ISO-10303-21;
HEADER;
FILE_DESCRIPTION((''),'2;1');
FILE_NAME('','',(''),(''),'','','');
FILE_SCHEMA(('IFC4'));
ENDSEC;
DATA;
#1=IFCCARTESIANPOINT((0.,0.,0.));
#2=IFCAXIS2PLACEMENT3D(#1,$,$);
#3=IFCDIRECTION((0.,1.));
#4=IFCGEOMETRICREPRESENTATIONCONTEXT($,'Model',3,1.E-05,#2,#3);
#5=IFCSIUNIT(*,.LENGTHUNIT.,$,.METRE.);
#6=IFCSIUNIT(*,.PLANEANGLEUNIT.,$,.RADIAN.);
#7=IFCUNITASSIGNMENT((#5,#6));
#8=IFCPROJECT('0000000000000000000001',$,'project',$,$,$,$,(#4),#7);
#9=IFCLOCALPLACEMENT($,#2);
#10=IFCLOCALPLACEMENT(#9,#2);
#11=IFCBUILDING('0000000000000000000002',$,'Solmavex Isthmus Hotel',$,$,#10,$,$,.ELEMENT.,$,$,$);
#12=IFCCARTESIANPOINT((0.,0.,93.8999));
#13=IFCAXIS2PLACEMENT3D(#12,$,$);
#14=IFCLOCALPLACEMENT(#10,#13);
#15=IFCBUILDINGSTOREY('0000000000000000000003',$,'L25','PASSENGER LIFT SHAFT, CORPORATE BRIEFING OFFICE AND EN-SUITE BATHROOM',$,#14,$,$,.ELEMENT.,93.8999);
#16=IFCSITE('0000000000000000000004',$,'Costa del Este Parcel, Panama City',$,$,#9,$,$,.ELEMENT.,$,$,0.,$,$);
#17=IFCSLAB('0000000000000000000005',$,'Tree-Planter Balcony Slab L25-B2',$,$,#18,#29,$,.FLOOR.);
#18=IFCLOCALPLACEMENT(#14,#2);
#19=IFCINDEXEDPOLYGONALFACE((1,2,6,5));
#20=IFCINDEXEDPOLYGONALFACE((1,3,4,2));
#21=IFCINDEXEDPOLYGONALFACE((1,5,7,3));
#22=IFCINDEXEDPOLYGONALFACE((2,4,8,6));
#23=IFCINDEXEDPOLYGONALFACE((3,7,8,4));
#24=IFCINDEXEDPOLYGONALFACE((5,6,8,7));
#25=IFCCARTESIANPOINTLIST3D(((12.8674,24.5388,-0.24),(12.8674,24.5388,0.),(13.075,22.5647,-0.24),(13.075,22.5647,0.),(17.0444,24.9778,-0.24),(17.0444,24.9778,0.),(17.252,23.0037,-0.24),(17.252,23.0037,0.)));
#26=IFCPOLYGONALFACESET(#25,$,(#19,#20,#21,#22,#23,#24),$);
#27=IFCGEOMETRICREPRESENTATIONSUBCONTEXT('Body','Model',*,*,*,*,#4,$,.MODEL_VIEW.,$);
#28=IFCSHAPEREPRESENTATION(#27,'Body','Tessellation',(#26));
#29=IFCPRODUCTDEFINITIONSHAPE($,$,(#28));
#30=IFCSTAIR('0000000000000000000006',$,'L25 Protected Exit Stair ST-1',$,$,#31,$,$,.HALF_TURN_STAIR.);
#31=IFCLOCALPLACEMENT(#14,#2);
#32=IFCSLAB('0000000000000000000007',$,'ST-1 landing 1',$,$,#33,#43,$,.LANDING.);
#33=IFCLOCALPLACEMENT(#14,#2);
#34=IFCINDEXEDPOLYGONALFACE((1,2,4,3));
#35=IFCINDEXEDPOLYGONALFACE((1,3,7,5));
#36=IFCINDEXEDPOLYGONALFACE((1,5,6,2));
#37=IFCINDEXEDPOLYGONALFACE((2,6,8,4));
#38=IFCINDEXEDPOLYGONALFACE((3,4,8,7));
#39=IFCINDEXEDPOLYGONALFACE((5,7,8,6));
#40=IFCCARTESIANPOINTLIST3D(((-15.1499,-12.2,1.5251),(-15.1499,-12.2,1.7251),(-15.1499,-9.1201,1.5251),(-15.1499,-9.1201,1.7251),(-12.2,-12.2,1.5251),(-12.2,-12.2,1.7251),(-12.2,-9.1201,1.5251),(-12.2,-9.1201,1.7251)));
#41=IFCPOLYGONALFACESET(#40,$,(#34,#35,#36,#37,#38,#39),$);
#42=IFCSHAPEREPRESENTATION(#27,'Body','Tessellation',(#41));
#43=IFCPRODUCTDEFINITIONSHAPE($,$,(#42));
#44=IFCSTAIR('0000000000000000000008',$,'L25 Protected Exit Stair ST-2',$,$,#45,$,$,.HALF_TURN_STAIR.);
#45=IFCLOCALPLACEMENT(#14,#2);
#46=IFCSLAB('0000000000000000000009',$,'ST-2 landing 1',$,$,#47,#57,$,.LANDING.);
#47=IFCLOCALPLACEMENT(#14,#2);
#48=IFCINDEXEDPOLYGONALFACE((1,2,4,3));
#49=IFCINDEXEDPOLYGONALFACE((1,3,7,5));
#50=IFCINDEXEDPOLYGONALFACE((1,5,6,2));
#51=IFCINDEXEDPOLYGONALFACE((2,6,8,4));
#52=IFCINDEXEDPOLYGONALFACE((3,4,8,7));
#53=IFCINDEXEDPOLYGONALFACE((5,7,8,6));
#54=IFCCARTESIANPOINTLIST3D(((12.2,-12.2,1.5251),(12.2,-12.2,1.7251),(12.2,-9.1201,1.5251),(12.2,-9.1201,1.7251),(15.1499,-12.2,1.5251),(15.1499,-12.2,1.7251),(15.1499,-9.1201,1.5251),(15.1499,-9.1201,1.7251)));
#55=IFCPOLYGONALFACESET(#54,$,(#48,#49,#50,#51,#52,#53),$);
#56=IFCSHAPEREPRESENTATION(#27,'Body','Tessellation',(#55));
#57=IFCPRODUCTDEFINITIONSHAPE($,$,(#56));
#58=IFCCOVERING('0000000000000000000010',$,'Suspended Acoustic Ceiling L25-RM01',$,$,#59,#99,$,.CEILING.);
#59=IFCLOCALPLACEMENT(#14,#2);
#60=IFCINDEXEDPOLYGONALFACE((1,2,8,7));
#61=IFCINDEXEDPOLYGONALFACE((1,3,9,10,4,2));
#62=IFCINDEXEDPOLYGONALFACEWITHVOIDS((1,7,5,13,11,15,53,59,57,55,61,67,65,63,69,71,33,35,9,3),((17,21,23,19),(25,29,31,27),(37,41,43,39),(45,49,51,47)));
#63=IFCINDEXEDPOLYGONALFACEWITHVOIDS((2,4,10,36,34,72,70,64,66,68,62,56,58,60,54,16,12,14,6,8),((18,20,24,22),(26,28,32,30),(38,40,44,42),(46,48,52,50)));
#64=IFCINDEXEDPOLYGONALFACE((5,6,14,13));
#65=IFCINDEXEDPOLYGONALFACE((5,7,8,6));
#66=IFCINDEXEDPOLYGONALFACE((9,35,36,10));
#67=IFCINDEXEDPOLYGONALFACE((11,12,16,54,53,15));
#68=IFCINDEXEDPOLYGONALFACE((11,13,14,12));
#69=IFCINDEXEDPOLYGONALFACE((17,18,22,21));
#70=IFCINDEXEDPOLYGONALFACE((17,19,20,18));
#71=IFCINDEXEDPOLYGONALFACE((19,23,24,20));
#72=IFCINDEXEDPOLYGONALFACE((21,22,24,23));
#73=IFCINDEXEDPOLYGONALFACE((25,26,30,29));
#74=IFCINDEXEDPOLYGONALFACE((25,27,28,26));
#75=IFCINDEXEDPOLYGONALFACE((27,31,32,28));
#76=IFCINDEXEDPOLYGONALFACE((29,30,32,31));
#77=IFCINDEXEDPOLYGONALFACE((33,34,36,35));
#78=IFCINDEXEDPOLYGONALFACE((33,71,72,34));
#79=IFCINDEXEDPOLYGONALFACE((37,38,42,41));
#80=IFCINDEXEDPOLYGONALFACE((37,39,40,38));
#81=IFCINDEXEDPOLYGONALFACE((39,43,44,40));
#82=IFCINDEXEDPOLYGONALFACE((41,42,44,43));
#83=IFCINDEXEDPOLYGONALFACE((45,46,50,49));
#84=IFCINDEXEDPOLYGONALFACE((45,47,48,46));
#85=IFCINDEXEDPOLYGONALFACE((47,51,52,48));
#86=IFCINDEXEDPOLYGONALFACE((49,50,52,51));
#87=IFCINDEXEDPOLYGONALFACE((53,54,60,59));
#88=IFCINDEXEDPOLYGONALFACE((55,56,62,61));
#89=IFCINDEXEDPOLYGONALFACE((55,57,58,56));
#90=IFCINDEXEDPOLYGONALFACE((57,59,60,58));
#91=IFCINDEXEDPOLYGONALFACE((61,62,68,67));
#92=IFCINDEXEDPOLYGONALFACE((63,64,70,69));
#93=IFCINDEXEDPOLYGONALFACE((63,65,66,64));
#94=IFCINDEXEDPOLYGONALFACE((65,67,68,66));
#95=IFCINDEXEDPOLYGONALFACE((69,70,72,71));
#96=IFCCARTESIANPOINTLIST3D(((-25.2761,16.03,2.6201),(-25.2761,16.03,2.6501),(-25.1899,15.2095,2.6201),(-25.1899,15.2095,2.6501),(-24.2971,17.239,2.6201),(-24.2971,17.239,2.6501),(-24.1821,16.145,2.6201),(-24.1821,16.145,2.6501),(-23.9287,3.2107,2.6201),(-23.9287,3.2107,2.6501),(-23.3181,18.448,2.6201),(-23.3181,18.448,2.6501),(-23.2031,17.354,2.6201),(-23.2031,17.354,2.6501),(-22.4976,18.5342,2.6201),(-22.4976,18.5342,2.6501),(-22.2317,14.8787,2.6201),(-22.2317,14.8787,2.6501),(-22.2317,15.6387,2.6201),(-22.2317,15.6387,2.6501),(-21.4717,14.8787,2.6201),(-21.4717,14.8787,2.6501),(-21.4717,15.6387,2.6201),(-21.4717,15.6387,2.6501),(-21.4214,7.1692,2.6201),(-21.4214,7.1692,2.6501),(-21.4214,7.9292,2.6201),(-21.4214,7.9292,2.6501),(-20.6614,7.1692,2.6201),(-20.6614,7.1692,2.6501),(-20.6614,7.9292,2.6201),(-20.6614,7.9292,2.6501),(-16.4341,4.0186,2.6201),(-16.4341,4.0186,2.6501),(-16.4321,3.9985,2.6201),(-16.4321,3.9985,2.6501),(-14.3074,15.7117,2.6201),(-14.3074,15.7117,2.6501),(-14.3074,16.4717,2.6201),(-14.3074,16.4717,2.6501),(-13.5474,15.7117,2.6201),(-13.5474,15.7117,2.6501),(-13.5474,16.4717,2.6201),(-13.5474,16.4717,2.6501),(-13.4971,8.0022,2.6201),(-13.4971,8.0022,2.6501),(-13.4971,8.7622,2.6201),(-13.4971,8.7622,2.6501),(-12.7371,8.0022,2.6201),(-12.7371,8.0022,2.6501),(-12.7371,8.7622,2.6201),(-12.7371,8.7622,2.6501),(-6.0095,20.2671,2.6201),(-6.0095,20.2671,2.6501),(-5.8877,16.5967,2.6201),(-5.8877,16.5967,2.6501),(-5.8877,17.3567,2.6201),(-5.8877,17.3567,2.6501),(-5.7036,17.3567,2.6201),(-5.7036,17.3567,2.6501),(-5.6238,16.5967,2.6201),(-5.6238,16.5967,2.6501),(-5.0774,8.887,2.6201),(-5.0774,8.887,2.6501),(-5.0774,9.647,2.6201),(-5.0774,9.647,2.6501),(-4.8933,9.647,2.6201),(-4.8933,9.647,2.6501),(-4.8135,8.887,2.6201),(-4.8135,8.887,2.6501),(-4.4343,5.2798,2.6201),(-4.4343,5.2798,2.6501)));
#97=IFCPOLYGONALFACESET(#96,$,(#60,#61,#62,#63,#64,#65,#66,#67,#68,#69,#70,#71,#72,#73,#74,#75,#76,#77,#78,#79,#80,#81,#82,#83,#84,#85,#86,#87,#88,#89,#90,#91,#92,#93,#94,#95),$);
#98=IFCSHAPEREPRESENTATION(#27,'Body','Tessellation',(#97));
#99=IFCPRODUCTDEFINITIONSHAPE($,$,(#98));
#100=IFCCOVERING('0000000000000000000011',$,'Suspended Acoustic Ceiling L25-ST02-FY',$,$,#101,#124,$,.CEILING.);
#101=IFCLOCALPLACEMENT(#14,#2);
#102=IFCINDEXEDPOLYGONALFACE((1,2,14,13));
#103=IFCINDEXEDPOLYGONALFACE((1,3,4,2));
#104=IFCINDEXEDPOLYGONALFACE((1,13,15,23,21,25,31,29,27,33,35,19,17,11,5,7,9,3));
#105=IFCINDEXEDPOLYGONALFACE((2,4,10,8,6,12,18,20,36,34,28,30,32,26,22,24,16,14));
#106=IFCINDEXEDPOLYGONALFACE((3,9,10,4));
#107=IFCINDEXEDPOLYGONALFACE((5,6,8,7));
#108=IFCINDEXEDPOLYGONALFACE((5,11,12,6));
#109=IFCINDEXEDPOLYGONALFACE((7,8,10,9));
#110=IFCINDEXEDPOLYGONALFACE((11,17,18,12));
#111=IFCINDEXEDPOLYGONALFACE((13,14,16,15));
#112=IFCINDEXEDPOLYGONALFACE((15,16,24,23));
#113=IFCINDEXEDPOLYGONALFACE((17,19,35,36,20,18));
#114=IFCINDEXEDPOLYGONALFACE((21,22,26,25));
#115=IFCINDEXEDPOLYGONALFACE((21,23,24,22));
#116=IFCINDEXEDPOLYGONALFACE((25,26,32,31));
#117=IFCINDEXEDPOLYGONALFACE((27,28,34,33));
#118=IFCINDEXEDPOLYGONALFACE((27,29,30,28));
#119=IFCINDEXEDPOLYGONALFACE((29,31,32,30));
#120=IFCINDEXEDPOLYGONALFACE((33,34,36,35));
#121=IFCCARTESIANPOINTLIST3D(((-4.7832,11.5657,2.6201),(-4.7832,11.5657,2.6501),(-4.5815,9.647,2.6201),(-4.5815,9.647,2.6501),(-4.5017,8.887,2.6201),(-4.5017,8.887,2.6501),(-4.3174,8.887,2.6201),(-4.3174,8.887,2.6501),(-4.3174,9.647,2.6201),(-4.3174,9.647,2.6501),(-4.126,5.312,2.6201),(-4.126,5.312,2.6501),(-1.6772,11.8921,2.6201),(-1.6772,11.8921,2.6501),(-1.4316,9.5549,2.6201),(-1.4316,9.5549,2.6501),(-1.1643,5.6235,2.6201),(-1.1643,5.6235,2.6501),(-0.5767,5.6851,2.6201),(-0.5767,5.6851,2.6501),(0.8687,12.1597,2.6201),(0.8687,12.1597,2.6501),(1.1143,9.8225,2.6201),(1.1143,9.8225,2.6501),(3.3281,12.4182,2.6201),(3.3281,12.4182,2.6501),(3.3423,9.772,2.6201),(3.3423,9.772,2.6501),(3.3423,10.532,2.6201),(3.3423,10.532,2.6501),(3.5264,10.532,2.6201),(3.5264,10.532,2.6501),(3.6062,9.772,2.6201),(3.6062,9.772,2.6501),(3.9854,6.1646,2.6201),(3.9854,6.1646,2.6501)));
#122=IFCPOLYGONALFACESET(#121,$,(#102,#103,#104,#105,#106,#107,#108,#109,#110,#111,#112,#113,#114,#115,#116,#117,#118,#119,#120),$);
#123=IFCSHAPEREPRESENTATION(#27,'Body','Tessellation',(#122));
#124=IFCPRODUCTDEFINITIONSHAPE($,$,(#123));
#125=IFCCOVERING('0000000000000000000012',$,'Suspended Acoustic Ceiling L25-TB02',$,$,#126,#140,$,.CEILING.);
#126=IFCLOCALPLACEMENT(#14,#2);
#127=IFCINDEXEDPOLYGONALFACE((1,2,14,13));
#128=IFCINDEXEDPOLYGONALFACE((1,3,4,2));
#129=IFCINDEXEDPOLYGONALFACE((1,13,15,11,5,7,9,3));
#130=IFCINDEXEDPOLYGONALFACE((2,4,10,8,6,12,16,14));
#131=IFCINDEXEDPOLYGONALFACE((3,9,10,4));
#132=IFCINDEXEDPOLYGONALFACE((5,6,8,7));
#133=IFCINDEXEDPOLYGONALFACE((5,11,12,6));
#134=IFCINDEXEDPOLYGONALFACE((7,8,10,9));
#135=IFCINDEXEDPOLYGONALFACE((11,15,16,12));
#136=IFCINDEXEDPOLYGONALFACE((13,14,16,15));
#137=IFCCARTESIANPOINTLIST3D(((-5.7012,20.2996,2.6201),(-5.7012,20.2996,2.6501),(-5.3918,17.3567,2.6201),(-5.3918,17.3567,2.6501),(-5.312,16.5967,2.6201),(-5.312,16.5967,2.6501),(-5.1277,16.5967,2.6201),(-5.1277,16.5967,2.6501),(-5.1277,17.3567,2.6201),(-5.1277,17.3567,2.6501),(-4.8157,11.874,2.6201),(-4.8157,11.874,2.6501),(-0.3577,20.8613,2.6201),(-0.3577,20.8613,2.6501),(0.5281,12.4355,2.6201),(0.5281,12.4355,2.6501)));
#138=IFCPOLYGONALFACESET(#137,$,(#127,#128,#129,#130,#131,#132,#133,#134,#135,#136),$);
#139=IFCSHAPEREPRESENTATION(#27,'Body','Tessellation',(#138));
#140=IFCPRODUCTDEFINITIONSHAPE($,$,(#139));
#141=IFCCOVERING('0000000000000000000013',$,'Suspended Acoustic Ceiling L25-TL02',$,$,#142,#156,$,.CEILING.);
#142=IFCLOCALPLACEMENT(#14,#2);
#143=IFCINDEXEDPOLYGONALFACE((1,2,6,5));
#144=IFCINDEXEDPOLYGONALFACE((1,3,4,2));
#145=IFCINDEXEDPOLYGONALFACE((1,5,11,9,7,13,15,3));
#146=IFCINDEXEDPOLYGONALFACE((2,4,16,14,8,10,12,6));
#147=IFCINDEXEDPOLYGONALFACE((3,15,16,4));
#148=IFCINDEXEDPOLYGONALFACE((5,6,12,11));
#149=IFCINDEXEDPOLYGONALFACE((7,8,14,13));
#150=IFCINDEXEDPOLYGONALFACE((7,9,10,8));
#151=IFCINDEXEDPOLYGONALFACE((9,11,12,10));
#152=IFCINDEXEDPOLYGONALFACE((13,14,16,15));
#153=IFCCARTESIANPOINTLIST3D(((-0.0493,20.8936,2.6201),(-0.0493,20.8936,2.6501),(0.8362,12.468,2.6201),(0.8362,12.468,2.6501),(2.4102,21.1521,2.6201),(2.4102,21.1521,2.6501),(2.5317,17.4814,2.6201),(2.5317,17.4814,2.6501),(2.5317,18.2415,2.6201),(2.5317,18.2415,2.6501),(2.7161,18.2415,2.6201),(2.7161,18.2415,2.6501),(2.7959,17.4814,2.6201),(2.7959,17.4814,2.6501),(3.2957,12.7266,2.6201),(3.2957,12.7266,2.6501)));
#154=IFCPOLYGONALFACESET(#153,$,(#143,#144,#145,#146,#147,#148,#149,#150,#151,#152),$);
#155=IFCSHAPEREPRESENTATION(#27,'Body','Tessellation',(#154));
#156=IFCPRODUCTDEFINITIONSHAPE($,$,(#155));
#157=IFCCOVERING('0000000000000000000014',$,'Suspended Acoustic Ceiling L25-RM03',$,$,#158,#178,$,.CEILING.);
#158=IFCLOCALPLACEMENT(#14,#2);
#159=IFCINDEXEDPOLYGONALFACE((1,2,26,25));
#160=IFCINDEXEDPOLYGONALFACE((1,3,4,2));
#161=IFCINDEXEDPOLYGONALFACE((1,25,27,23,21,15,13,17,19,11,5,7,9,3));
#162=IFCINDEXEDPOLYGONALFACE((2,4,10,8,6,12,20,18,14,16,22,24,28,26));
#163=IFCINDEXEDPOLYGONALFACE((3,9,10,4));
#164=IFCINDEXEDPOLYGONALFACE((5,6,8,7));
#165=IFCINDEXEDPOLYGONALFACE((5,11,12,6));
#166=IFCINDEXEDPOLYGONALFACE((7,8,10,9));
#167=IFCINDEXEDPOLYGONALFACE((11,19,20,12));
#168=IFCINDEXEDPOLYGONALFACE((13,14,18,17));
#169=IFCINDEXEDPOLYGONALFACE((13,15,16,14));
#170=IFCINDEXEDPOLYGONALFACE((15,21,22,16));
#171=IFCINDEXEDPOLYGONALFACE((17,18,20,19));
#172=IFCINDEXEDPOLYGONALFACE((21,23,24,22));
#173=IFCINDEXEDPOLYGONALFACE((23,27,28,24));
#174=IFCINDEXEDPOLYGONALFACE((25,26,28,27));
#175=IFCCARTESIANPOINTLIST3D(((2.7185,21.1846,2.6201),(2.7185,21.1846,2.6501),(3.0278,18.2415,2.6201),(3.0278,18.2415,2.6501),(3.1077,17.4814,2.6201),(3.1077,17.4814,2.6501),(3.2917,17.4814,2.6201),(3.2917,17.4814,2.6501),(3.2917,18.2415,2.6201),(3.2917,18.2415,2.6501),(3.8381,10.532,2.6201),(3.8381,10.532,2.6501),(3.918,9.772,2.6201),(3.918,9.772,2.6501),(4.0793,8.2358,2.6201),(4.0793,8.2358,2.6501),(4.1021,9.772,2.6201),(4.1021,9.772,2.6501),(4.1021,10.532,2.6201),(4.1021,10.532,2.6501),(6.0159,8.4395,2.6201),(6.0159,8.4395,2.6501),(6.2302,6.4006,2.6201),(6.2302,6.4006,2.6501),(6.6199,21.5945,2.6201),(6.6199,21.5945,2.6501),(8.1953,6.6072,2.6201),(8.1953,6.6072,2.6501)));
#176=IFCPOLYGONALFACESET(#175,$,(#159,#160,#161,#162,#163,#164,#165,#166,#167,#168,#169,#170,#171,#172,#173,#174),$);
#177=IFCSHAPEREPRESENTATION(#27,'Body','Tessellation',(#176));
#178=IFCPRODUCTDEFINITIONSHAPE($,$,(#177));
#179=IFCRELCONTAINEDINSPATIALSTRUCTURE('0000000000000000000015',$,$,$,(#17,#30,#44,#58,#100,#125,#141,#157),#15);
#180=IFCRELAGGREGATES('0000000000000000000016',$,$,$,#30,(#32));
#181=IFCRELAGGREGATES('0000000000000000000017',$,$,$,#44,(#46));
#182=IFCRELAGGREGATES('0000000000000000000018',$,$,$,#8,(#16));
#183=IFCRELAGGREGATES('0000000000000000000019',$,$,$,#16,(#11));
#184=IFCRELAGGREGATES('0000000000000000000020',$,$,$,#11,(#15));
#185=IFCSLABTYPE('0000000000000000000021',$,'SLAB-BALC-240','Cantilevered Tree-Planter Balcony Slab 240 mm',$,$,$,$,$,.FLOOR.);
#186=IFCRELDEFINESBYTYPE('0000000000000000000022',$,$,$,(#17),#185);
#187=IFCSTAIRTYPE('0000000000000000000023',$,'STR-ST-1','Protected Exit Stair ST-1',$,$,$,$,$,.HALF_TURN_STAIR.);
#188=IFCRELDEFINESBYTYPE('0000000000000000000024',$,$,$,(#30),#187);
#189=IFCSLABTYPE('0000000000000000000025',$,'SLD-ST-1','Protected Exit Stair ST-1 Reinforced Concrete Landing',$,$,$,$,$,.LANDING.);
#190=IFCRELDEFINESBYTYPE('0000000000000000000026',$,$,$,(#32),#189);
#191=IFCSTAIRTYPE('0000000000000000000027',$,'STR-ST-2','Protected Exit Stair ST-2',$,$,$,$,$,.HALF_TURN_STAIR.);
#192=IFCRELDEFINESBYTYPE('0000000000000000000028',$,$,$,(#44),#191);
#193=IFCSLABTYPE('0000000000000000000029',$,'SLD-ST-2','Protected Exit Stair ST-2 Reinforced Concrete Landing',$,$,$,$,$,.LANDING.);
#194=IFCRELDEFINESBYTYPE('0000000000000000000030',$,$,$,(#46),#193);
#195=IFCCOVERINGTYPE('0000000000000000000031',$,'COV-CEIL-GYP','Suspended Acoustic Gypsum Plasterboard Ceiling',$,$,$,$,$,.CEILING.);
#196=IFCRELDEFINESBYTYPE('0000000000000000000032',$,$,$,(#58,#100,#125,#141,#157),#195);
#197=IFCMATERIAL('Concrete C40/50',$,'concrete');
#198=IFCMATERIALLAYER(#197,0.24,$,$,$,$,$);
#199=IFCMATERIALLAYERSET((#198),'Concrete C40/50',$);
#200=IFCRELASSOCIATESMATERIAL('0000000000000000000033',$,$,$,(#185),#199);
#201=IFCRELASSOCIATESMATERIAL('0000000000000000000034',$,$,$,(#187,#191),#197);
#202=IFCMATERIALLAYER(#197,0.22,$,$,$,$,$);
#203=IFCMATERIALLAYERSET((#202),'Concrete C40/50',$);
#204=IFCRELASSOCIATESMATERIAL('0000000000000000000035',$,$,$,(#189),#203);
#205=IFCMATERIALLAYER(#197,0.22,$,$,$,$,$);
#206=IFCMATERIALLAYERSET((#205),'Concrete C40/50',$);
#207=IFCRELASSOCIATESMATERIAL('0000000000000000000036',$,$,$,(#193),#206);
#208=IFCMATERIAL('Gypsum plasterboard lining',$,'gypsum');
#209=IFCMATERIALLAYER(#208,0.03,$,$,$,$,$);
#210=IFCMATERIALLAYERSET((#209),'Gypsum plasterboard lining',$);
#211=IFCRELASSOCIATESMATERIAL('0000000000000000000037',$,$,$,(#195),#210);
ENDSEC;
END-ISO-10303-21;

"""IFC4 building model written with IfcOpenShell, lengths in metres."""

from ifc_helpers import new_model, si_unit, direction, frame, origin, place, context, subcontext, project, spatial, polyline, outline, extrude, material, layer, layer_set, type_object, element, aggregate, save


model = new_model("IFC4")

# Units and contexts
model_context = context("Model", 3, precision=1e-05, world=origin(), true_north=direction((0.0, 1.0)))
body_context = subcontext(model_context, "Body", "Model", "MODEL_VIEW")
ifc_project = project(units=[si_unit("LENGTHUNIT", "METRE"), si_unit("PLANEANGLEUNIT", "RADIAN")], contexts=[model_context])

# Site, building, storey
site_placement = place(None, origin())
site = spatial("IfcSite", under=ifc_project, at=site_placement, Name="Costa del Este Parcel, Panama City", CompositionType="ELEMENT", RefElevation=0.0)
building_placement = place(site_placement, origin())
building = spatial("IfcBuilding", under=site, at=building_placement, Name="Solmavex Isthmus Hotel", CompositionType="ELEMENT")
storey_placement = place(building_placement, frame((0.0, 0.0, 93.8999)))
storey = spatial("IfcBuildingStorey", under=building, at=storey_placement, Name="L25", Description="PASSENGER LIFT SHAFT, CORPORATE BRIEFING OFFICE AND EN-SUITE BATHROOM", CompositionType="ELEMENT", Elevation=93.8999)

# Slab
ifc_material_1 = material(Name="Concrete C40/50", Category="concrete")
ifc_layer_1 = layer(ifc_material_1, 0.24)
ifc_layer_set_1 = layer_set([ifc_layer_1], Name="Concrete C40/50")
slab_type_1 = type_object("IfcSlabType", Name="SLAB-BALC-240", Description="Cantilevered Tree-Planter Balcony Slab 240 mm", PredefinedType="FLOOR", material=ifc_layer_set_1)
slab_1_placement = place(storey_placement, frame((0.0, 0.0, -0.24)))
element("IfcSlab", 1, at=slab_1_placement, inside=storey, type_object=slab_type_1, Name="Tree-Planter Balcony Slab L25-B2", PredefinedType="FLOOR", context=body_context, shape_type="SweptSolid", body=[
    extrude(outline(polyline([(13.075, 22.5647), (17.252, 23.0037), (17.0444, 24.9778), (12.8674, 24.5388), (13.075, 22.5647)])), origin(), (0.0, 0.0, 1.0), 0.24),
])

# Stairs, slabs
stair_type_1 = type_object("IfcStairType", Name="STR-ST-1", Description="Protected Exit Stair ST-1", PredefinedType="HALF_TURN_STAIR", material=ifc_material_1)
stair_1_placement = place(storey_placement, origin())
stair_1 = element("IfcStair", 2, at=stair_1_placement, inside=storey, type_object=stair_type_1, Name="L25 Protected Exit Stair ST-1", PredefinedType="HALF_TURN_STAIR")
ifc_layer_2 = layer(ifc_material_1, 0.22)
ifc_layer_set_2 = layer_set([ifc_layer_2], Name="Concrete C40/50")
slab_type_2 = type_object("IfcSlabType", Name="SLD-ST-1", Description="Protected Exit Stair ST-1 Reinforced Concrete Landing", PredefinedType="LANDING", material=ifc_layer_set_2)
slab_2_placement = place(storey_placement, frame((0.0, 0.0, 1.5251)))
slab_2 = element("IfcSlab", 3, at=slab_2_placement, type_object=slab_type_2, Name="ST-1 landing 1", PredefinedType="LANDING", context=body_context, shape_type="SweptSolid", body=[
    extrude(outline(polyline([(-15.1499, -9.1201), (-15.1499, -12.2), (-12.2, -12.2), (-12.2, -9.1201), (-15.1499, -9.1201)])), origin(), (0.0, 0.0, 1.0), 0.2),
])
aggregate(stair_1, [slab_2])
stair_type_2 = type_object("IfcStairType", Name="STR-ST-2", Description="Protected Exit Stair ST-2", PredefinedType="HALF_TURN_STAIR", material=ifc_material_1)
stair_2_placement = place(storey_placement, origin())
stair_2 = element("IfcStair", 4, at=stair_2_placement, inside=storey, type_object=stair_type_2, Name="L25 Protected Exit Stair ST-2", PredefinedType="HALF_TURN_STAIR")
ifc_layer_3 = layer(ifc_material_1, 0.22)
ifc_layer_set_3 = layer_set([ifc_layer_3], Name="Concrete C40/50")
slab_type_3 = type_object("IfcSlabType", Name="SLD-ST-2", Description="Protected Exit Stair ST-2 Reinforced Concrete Landing", PredefinedType="LANDING", material=ifc_layer_set_3)
slab_3_placement = place(storey_placement, frame((0.0, 0.0, 1.5251)))
slab_3 = element("IfcSlab", 5, at=slab_3_placement, type_object=slab_type_3, Name="ST-2 landing 1", PredefinedType="LANDING", context=body_context, shape_type="SweptSolid", body=[
    extrude(outline(polyline([(12.2, -9.1201), (12.2, -12.2), (15.1499, -12.2), (15.1499, -9.1201), (12.2, -9.1201)])), origin(), (0.0, 0.0, 1.0), 0.2),
])
aggregate(stair_2, [slab_3])

# Coverings
ifc_material_2 = material(Name="Gypsum plasterboard lining", Category="gypsum")
ifc_layer_4 = layer(ifc_material_2, 0.03)
ifc_layer_set_4 = layer_set([ifc_layer_4], Name="Gypsum plasterboard lining")
covering_type_1 = type_object("IfcCoveringType", Name="COV-CEIL-GYP", Description="Suspended Acoustic Gypsum Plasterboard Ceiling", PredefinedType="CEILING", material=ifc_layer_set_4)
covering_1_placement = place(storey_placement, frame((0.0, 0.0, 2.6201)))
element("IfcCovering", 6, at=covering_1_placement, inside=storey, type_object=covering_type_1, Name="Suspended Acoustic Ceiling L25-RM01", PredefinedType="CEILING", context=body_context, shape_type="SweptSolid", body=[
    extrude(outline(polyline([(-16.4321, 3.9985), (-16.4341, 4.0186), (-4.4343, 5.2798), (-4.8135, 8.887), (-5.0774, 8.887), (-5.0774, 9.647), (-4.8933, 9.647), (-5.6238, 16.5967), (-5.8877, 16.5967), (-5.8877, 17.3567), (-5.7036, 17.3567), (-6.0095, 20.2671), (-22.4976, 18.5342), (-23.3181, 18.448), (-23.2031, 17.354), (-24.2971, 17.239), (-24.1821, 16.145), (-25.2761, 16.03), (-25.1899, 15.2095), (-23.9287, 3.2107), (-16.4321, 3.9985)]), holes=[polyline([(-13.4971, 8.0022), (-13.4971, 8.7622), (-12.7371, 8.7622), (-12.7371, 8.0022), (-13.4971, 8.0022)]), polyline([(-14.3074, 16.4717), (-13.5474, 16.4717), (-13.5474, 15.7117), (-14.3074, 15.7117), (-14.3074, 16.4717)]), polyline([(-21.4214, 7.1692), (-21.4214, 7.9292), (-20.6614, 7.9292), (-20.6614, 7.1692), (-21.4214, 7.1692)]), polyline([(-22.2317, 14.8787), (-22.2317, 15.6387), (-21.4717, 15.6387), (-21.4717, 14.8787), (-22.2317, 14.8787)])]), origin(), (0.0, 0.0, 1.0), 0.03),
])
covering_2_placement = place(storey_placement, frame((0.0, 0.0, 2.6201)))
element("IfcCovering", 7, at=covering_2_placement, inside=storey, type_object=covering_type_1, Name="Suspended Acoustic Ceiling L25-ST02-FY", PredefinedType="CEILING", context=body_context, shape_type="SweptSolid", body=[
    extrude(outline(polyline([(-4.5815, 9.647), (-4.3174, 9.647), (-4.3174, 8.887), (-4.5017, 8.887), (-4.126, 5.312), (-1.1643, 5.6235), (-0.5767, 5.6851), (3.9854, 6.1646), (3.6062, 9.772), (3.3423, 9.772), (3.3423, 10.532), (3.5264, 10.532), (3.3281, 12.4182), (0.8687, 12.1597), (1.1143, 9.8225), (-1.4316, 9.5549), (-1.6772, 11.8921), (-4.7832, 11.5657), (-4.5815, 9.647)])), origin(), (0.0, 0.0, 1.0), 0.03),
])
covering_3_placement = place(storey_placement, frame((0.0, 0.0, 2.6201)))
element("IfcCovering", 8, at=covering_3_placement, inside=storey, type_object=covering_type_1, Name="Suspended Acoustic Ceiling L25-TB02", PredefinedType="CEILING", context=body_context, shape_type="SweptSolid", body=[
    extrude(outline(polyline([(-5.3918, 17.3567), (-5.1277, 17.3567), (-5.1277, 16.5967), (-5.312, 16.5967), (-4.8157, 11.874), (0.5281, 12.4355), (-0.3577, 20.8613), (-5.7012, 20.2996), (-5.3918, 17.3567)])), origin(), (0.0, 0.0, 1.0), 0.03),
])
covering_4_placement = place(storey_placement, frame((0.0, 0.0, 2.6201)))
element("IfcCovering", 9, at=covering_4_placement, inside=storey, type_object=covering_type_1, Name="Suspended Acoustic Ceiling L25-TL02", PredefinedType="CEILING", context=body_context, shape_type="SweptSolid", body=[
    extrude(outline(polyline([(2.7959, 17.4814), (2.5317, 17.4814), (2.5317, 18.2415), (2.7161, 18.2415), (2.4102, 21.1521), (-0.0493, 20.8936), (0.8362, 12.468), (3.2957, 12.7266), (2.7959, 17.4814)])), origin(), (0.0, 0.0, 1.0), 0.03),
])
covering_5_placement = place(storey_placement, frame((0.0, 0.0, 2.6201)))
element("IfcCovering", 10, at=covering_5_placement, inside=storey, type_object=covering_type_1, Name="Suspended Acoustic Ceiling L25-RM03", PredefinedType="CEILING", context=body_context, shape_type="SweptSolid", body=[
    extrude(outline(polyline([(3.8381, 10.532), (4.1021, 10.532), (4.1021, 9.772), (3.918, 9.772), (4.0793, 8.2358), (6.0159, 8.4395), (6.2302, 6.4006), (8.1953, 6.6072), (6.6199, 21.5945), (2.7185, 21.1846), (3.0278, 18.2415), (3.2917, 18.2415), (3.2917, 17.4814), (3.1077, 17.4814), (3.8381, 10.532)])), origin(), (0.0, 0.0, 1.0), 0.03),
])

save(model, "model.ifc")
